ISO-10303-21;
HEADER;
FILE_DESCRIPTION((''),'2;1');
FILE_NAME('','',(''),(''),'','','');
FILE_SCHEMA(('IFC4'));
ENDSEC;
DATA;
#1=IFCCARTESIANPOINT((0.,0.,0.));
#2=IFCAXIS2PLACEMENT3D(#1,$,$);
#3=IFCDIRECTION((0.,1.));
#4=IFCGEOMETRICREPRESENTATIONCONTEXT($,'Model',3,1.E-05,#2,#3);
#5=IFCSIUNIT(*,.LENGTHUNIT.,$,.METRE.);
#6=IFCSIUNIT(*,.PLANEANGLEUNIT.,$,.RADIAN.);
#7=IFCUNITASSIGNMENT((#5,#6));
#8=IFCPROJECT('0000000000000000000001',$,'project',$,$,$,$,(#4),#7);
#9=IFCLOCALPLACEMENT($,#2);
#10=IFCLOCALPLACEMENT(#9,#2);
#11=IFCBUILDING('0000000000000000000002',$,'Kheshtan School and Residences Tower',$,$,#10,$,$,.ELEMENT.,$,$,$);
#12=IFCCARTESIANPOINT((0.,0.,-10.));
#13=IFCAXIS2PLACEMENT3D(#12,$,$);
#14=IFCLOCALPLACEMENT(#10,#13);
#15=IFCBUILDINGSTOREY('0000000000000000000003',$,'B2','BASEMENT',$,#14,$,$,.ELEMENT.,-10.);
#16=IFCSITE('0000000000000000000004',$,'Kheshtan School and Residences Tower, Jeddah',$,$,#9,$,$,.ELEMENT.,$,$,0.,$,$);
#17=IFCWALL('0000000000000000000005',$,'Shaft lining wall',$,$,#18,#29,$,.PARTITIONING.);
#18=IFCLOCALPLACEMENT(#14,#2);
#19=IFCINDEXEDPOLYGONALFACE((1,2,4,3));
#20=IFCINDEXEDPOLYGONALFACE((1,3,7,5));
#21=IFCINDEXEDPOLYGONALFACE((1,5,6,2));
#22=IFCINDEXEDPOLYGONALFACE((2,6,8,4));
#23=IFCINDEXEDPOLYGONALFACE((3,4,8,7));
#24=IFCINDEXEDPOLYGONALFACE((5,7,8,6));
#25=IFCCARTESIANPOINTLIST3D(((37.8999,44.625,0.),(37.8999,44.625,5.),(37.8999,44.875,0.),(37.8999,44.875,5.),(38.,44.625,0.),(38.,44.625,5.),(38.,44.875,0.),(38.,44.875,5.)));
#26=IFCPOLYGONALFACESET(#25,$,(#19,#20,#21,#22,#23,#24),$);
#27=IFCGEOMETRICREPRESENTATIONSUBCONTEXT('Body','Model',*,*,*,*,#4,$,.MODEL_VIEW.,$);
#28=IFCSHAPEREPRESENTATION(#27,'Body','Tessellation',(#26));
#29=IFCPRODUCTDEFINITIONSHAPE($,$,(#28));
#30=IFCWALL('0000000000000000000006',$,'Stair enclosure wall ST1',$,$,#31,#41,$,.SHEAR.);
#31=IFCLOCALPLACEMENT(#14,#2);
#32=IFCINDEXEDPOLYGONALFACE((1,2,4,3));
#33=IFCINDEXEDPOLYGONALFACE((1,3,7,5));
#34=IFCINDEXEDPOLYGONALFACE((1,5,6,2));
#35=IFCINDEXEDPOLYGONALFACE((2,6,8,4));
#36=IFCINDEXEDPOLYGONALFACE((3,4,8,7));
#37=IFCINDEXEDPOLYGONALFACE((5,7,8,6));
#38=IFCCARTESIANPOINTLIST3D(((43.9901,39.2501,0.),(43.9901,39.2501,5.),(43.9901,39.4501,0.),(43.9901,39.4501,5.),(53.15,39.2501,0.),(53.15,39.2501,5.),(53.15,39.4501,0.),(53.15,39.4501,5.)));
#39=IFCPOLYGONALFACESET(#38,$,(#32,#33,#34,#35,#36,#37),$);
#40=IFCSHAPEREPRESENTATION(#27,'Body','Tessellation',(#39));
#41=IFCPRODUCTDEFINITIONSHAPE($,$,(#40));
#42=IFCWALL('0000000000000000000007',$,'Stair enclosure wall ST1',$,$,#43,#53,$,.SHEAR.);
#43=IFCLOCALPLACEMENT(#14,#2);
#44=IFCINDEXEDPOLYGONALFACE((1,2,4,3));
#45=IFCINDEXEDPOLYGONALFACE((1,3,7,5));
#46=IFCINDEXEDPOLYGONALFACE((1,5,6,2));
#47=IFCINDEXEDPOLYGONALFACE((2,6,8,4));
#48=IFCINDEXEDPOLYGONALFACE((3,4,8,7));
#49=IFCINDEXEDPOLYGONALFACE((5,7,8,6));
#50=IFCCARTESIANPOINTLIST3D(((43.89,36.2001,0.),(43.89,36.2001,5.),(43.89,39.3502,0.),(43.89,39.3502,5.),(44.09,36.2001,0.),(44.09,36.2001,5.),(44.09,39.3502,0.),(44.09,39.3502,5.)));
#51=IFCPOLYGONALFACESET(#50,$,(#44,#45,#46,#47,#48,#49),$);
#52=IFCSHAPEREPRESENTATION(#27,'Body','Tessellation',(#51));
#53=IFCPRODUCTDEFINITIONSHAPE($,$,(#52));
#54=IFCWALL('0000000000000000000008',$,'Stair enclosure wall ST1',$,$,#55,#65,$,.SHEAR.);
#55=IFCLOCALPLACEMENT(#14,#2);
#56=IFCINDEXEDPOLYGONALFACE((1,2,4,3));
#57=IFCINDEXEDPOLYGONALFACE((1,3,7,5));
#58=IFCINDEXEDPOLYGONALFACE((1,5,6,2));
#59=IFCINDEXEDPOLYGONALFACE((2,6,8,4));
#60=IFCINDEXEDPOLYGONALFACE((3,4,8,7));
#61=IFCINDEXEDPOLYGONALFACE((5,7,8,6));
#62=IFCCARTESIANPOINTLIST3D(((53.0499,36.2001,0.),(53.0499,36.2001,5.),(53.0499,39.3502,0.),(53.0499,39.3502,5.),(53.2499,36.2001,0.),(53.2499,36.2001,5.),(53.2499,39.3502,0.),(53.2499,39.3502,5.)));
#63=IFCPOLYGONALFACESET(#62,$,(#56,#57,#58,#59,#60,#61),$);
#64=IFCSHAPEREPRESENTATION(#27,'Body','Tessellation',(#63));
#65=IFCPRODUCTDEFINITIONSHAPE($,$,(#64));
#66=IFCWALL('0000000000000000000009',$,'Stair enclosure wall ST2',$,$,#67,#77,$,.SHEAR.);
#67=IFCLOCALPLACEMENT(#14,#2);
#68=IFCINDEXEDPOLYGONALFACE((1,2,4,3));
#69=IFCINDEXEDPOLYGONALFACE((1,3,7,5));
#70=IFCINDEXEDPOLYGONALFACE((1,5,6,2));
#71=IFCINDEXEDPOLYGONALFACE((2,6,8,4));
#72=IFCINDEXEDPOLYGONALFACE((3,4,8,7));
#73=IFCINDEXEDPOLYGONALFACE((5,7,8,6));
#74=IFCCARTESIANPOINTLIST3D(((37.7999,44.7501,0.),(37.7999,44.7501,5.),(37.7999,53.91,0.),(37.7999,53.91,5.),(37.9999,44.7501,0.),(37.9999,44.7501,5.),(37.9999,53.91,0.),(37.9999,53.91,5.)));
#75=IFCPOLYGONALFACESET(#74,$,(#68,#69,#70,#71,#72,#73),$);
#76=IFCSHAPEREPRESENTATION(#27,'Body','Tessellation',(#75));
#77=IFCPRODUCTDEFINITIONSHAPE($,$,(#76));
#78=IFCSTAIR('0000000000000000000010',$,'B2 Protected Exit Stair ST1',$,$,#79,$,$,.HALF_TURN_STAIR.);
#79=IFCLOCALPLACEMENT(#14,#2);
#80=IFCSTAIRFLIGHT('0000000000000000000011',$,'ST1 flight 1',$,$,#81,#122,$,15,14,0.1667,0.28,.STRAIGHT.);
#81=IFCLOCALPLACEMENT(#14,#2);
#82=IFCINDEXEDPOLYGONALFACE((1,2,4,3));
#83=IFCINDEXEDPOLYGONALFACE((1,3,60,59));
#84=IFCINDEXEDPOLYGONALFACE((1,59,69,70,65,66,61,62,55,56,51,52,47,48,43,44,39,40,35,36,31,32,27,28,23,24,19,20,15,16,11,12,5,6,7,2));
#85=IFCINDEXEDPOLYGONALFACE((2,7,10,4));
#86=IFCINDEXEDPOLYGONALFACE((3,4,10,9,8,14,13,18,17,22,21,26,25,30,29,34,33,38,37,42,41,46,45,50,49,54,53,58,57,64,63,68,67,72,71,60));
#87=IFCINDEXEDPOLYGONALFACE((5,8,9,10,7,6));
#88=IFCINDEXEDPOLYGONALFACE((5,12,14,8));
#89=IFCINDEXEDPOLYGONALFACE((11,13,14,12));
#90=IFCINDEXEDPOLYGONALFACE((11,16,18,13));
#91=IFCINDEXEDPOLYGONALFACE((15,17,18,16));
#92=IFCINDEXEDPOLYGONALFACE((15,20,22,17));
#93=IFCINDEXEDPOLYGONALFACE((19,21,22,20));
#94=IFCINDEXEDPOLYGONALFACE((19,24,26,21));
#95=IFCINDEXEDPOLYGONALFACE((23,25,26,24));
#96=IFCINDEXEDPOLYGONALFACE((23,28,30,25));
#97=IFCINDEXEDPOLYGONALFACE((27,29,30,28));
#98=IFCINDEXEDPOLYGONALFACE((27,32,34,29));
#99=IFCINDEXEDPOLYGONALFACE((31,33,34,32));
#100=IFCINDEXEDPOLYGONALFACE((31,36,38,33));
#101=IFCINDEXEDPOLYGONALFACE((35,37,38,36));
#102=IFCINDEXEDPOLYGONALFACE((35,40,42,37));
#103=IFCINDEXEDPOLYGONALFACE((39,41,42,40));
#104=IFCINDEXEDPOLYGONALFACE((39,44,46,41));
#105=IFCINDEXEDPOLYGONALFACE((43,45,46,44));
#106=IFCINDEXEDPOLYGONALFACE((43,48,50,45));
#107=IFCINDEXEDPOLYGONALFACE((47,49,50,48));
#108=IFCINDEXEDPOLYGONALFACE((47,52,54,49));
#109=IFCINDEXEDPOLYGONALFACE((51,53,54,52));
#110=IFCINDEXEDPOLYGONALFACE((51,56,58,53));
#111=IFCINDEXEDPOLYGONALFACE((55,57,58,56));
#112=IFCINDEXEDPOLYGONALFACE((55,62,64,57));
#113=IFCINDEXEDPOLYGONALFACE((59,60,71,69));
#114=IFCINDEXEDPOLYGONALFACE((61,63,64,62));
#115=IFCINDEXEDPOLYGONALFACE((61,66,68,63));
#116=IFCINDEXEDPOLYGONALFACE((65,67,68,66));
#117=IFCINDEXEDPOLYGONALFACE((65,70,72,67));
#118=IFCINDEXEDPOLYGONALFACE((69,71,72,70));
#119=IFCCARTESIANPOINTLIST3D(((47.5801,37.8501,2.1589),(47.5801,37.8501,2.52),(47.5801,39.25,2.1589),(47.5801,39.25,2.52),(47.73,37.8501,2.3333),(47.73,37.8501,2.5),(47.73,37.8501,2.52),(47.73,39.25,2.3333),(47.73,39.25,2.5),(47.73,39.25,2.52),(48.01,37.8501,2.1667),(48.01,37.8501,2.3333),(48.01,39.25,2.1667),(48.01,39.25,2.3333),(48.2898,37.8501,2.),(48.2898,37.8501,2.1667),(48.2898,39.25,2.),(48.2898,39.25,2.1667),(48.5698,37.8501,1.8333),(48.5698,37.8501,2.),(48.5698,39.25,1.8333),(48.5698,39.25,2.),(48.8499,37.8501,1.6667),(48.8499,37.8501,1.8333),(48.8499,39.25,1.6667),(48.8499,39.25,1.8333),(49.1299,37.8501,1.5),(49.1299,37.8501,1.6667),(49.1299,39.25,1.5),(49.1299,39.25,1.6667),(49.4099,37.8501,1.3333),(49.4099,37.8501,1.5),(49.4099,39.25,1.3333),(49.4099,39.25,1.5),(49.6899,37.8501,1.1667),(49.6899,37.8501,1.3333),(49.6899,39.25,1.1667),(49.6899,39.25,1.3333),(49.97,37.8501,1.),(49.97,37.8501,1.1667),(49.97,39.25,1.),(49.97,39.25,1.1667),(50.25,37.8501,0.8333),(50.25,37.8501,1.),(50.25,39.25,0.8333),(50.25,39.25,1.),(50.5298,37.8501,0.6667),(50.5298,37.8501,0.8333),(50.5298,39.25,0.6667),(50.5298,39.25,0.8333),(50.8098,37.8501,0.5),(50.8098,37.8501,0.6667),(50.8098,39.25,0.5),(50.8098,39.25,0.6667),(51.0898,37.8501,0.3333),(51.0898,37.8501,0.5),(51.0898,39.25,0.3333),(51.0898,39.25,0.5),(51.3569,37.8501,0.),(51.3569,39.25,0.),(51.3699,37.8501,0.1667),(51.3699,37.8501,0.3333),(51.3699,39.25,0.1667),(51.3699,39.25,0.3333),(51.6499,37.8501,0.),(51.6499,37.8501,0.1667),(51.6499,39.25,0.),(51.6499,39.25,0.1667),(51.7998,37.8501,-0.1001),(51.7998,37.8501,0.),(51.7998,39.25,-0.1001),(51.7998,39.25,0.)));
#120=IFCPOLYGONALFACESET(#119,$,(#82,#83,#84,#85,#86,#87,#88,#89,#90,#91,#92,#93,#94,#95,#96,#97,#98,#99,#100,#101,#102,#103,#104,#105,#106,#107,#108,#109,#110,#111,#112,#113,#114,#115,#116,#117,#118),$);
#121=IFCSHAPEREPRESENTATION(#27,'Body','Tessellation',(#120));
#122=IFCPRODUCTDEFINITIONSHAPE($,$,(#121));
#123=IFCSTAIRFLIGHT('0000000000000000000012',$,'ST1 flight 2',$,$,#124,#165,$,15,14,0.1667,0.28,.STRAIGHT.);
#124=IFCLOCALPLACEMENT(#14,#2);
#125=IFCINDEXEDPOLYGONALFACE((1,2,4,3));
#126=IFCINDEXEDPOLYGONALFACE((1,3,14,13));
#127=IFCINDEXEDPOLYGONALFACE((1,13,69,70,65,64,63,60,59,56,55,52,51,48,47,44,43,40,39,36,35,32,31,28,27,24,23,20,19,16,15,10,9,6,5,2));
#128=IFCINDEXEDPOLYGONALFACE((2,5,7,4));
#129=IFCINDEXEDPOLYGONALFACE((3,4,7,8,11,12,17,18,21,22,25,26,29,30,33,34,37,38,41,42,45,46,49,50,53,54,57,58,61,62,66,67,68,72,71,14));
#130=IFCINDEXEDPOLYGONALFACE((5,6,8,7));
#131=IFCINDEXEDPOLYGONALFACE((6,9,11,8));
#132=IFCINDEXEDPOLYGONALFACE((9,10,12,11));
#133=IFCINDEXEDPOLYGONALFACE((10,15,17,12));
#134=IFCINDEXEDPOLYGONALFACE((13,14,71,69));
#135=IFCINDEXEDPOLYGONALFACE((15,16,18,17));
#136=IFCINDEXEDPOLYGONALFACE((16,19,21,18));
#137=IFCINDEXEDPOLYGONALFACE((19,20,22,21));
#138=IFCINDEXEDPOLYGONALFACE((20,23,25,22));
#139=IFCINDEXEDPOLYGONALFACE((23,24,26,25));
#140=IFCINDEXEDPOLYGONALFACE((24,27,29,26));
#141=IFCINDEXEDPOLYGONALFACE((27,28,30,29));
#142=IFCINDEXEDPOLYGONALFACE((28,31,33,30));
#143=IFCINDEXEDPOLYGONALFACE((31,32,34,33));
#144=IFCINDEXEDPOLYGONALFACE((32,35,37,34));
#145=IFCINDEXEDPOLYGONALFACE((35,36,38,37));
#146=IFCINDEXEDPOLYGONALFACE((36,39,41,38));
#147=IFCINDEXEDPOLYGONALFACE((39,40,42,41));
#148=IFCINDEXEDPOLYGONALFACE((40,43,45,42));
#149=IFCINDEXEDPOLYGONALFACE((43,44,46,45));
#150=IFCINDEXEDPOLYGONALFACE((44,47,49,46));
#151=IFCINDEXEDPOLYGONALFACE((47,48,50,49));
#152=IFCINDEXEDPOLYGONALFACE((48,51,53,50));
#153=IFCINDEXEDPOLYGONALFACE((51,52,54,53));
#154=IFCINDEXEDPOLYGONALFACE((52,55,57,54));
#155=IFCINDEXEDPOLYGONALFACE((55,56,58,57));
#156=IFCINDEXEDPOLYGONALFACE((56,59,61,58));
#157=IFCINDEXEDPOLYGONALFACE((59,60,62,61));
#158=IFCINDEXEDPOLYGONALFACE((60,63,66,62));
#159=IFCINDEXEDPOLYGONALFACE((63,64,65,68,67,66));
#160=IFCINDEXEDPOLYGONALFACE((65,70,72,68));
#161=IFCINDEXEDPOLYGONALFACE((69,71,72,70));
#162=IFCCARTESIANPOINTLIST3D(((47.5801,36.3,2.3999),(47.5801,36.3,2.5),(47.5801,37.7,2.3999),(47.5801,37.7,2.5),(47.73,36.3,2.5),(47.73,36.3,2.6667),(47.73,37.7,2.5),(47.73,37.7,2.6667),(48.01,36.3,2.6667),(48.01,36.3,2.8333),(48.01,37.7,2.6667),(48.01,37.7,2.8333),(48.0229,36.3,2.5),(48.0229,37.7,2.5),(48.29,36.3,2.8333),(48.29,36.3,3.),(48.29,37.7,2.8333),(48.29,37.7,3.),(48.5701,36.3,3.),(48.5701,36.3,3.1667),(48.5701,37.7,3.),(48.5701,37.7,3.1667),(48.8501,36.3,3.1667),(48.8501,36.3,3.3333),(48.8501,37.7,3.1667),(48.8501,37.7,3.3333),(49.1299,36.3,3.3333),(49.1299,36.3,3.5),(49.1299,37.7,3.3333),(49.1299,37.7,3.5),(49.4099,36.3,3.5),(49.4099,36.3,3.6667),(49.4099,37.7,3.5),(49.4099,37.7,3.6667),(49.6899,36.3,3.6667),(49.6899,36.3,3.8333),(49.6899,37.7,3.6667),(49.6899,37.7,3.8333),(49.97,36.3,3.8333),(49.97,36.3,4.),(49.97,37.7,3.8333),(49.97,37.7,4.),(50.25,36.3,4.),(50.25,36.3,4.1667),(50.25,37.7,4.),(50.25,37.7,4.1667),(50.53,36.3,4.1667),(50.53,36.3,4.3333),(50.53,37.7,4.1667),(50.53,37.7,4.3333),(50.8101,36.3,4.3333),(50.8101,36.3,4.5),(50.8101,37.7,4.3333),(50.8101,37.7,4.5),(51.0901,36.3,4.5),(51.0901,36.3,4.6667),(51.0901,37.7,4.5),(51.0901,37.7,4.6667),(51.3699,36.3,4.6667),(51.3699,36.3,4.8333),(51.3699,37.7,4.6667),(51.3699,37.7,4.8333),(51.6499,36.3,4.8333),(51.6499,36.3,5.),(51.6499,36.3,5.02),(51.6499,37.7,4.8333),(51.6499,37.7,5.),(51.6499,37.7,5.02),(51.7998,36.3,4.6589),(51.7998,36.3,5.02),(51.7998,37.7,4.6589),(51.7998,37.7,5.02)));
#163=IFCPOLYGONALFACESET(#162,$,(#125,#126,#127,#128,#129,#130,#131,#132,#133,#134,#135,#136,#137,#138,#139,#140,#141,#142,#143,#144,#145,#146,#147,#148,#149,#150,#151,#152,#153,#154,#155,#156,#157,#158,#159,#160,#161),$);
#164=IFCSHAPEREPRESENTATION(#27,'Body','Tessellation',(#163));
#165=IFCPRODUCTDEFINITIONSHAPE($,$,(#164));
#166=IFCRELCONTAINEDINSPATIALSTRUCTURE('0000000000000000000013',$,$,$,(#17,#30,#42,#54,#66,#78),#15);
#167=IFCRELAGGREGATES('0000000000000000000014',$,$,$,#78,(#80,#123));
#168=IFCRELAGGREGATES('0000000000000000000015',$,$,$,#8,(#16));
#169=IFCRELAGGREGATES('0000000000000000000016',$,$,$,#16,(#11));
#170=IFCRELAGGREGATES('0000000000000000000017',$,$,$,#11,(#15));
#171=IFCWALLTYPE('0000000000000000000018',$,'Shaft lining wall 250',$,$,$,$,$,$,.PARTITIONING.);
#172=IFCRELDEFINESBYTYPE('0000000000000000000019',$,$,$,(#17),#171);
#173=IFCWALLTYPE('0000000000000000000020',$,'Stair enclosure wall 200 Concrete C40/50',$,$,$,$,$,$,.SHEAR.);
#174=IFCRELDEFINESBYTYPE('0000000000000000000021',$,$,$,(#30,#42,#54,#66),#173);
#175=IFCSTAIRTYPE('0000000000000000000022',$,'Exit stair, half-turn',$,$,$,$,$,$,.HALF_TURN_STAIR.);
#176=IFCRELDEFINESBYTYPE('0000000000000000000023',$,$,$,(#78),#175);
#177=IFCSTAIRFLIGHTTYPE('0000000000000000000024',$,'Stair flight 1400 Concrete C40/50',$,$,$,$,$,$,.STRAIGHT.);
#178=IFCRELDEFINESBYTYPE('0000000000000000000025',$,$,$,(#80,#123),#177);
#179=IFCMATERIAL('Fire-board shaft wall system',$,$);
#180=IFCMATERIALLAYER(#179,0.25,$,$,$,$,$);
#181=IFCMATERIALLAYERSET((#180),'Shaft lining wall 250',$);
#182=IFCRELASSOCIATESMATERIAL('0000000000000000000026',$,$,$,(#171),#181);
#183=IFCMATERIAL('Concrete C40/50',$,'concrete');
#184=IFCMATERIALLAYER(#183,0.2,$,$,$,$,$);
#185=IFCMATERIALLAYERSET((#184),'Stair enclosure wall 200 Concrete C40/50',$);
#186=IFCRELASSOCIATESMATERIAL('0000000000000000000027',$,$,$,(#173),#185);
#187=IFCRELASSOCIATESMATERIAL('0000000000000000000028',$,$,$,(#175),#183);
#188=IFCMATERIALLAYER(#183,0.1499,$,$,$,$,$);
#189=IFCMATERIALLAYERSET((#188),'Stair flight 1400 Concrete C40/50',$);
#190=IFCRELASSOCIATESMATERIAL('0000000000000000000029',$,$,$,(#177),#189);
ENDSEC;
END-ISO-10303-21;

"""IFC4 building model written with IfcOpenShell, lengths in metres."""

from ifc_helpers import new_model, si_unit, direction, frame, frame_2d, origin, place, context, subcontext, project, spatial, polyline, rectangle, outline, extrude, material, layer, layer_set, type_object, element, aggregate, save


model = new_model("IFC4")

# Units and contexts
model_context = context("Model", 3, precision=1e-05, world=origin(), true_north=direction((0.0, 1.0)))
body_context = subcontext(model_context, "Body", "Model", "MODEL_VIEW")
ifc_project = project(units=[si_unit("LENGTHUNIT", "METRE"), si_unit("PLANEANGLEUNIT", "RADIAN")], contexts=[model_context])

# Site, building, storey
site_placement = place(None, origin())
site = spatial("IfcSite", under=ifc_project, at=site_placement, Name="Kheshtan School and Residences Tower, Jeddah", CompositionType="ELEMENT", RefElevation=0.0)
building_placement = place(site_placement, origin())
building = spatial("IfcBuilding", under=site, at=building_placement, Name="Kheshtan School and Residences Tower", CompositionType="ELEMENT")
storey_placement = place(building_placement, frame((0.0, 0.0, -10.0)))
storey = spatial("IfcBuildingStorey", under=building, at=storey_placement, Name="B2", Description="BASEMENT", CompositionType="ELEMENT", Elevation=-10.0)

# Walls
ifc_material_1 = material(Name="Fire-board shaft wall system")
ifc_layer_1 = layer(ifc_material_1, 0.25)
ifc_layer_set_1 = layer_set([ifc_layer_1], Name="Shaft lining wall 250")
wall_type_1 = type_object("IfcWallType", Name="Shaft lining wall 250", PredefinedType="PARTITIONING", material=ifc_layer_set_1)
wall_1_placement = place(storey_placement, frame((37.8999, 44.75, 0.0), z_axis=(0.0, 0.0, 1.0), x_axis=(1.0, 0.0, 0.0)))
element("IfcWall", 1, at=wall_1_placement, inside=storey, type_object=wall_type_1, Name="Shaft lining wall", PredefinedType="PARTITIONING", context=body_context, shape_type="SweptSolid", body=[
    extrude(rectangle(XDim=0.1001, YDim=0.25, at=frame_2d((0.05, 0.0))), origin(), (0.0, 0.0, 1.0), 5.0),
])
ifc_material_2 = material(Name="Concrete C40/50", Category="concrete")
ifc_layer_2 = layer(ifc_material_2, 0.2)
ifc_layer_set_2 = layer_set([ifc_layer_2], Name="Stair enclosure wall 200 Concrete C40/50")
wall_type_2 = type_object("IfcWallType", Name="Stair enclosure wall 200 Concrete C40/50", PredefinedType="SHEAR", material=ifc_layer_set_2)
wall_2_placement = place(storey_placement, frame((43.99, 39.3501, 0.0), z_axis=(0.0, 0.0, 1.0), x_axis=(1.0, 0.0, 0.0)))
element("IfcWall", 2, at=wall_2_placement, inside=storey, type_object=wall_type_2, Name="Stair enclosure wall ST1", PredefinedType="SHEAR", context=body_context, shape_type="SweptSolid", body=[
    extrude(rectangle(XDim=9.1599, YDim=0.2, at=frame_2d((4.5801, 0.0))), origin(), (0.0, 0.0, 1.0), 5.0),
])
for number, where, z_axis, x_axis, name in (
    (3, (43.99, 36.2, 0.0), (0.0, 0.0, 1.0), (0.0, 1.0, 0.0), "Stair enclosure wall ST1"),
    (4, (53.1499, 36.2, 0.0), (0.0, 0.0, 1.0), (0.0, 1.0, 0.0), "Stair enclosure wall ST1"),
):
    element("IfcWall", number, at=place(storey_placement, frame(where, z_axis=z_axis, x_axis=x_axis)), inside=storey, type_object=wall_type_2, Name=name, PredefinedType="SHEAR", context=body_context, shape_type="SweptSolid", body=[
        extrude(rectangle(XDim=3.1501, YDim=0.2, at=frame_2d((1.5752, 0.0))), origin(), (0.0, 0.0, 1.0), 5.0),
    ])
wall_3_placement = place(storey_placement, frame((37.8999, 44.75, 0.0), z_axis=(0.0, 0.0, 1.0), x_axis=(0.0, 1.0, 0.0)))
element("IfcWall", 5, at=wall_3_placement, inside=storey, type_object=wall_type_2, Name="Stair enclosure wall ST2", PredefinedType="SHEAR", context=body_context, shape_type="SweptSolid", body=[
    extrude(rectangle(XDim=9.1599, YDim=0.2, at=frame_2d((4.5801, 0.0))), origin(), (0.0, 0.0, 1.0), 5.0),
])

# Stair, stair flights
stair_type = type_object("IfcStairType", Name="Exit stair, half-turn", PredefinedType="HALF_TURN_STAIR", material=ifc_material_2)
stair_placement = place(storey_placement, origin())
stair = element("IfcStair", 6, at=stair_placement, inside=storey, type_object=stair_type, Name="B2 Protected Exit Stair ST1", PredefinedType="HALF_TURN_STAIR")
ifc_layer_3 = layer(ifc_material_2, 0.1499)
ifc_layer_set_3 = layer_set([ifc_layer_3], Name="Stair flight 1400 Concrete C40/50")
stair_flight_type = type_object("IfcStairFlightType", Name="Stair flight 1400 Concrete C40/50", PredefinedType="STRAIGHT", material=ifc_layer_set_3)
stair_flight_1_placement = place(storey_placement, frame((51.6499, 38.55, 0.0), z_axis=(0.0, 0.0, 1.0), x_axis=(-1.0, 0.0, 0.0)))
stair_flight_1 = element("IfcStairFlight", 7, at=stair_flight_1_placement, type_object=stair_flight_type, Name="ST1 flight 1", NumberOfRisers=15, NumberOfTreads=14, PredefinedType="STRAIGHT", RiserHeight=0.1667, TreadLength=0.28, context=body_context, shape_type="SweptSolid", body=[
    extrude(outline(polyline([(-0.1499, -0.1001), (-0.1499, 0.0), (0.0, 0.0), (0.0, 0.1667), (0.28, 0.1667), (0.28, 0.3333), (0.5601, 0.3333), (0.5601, 0.5), (0.8401, 0.5), (0.8401, 0.6667), (1.1201, 0.6667), (1.1201, 0.8333), (1.3999, 0.8333), (1.3999, 1.0), (1.6799, 1.0), (1.6799, 1.1667), (1.96, 1.1667), (1.96, 1.3333), (2.24, 1.3333), (2.24, 1.5), (2.52, 1.5), (2.52, 1.6667), (2.8, 1.6667), (2.8, 1.8333), (3.0801, 1.8333), (3.0801, 2.0), (3.3601, 2.0), (3.3601, 2.1667), (3.6399, 2.1667), (3.6399, 2.3333), (3.9199, 2.3333), (3.9199, 2.5), (3.9199, 2.52), (4.0698, 2.52), (4.0698, 2.1589), (0.293, 0.0), (-0.1499, -0.1001)])), frame((0.0, 0.7, 0.0), z_axis=(0.0, -1.0, 0.0), x_axis=(1.0, 0.0, 0.0)), (0.0, 0.0, 1.0), 1.3999),
])
stair_flight_2_placement = place(storey_placement, frame((47.73, 37.0, 2.5), z_axis=(0.0, 0.0, 1.0), x_axis=(1.0, 0.0, 0.0)))
stair_flight_2 = element("IfcStairFlight", 8, at=stair_flight_2_placement, type_object=stair_flight_type, Name="ST1 flight 2", NumberOfRisers=15, NumberOfTreads=14, PredefinedType="STRAIGHT", RiserHeight=0.1667, TreadLength=0.28, context=body_context, shape_type="SweptSolid", body=[
    extrude(outline(polyline([(-0.1499, -0.1001), (-0.1499, 0.0), (0.0, 0.0), (0.0, 0.1667), (0.28, 0.1667), (0.28, 0.3333), (0.5601, 0.3333), (0.5601, 0.5), (0.8401, 0.5), (0.8401, 0.6667), (1.1201, 0.6667), (1.1201, 0.8333), (1.3999, 0.8333), (1.3999, 1.0), (1.6799, 1.0), (1.6799, 1.1667), (1.96, 1.1667), (1.96, 1.3333), (2.24, 1.3333), (2.24, 1.5), (2.52, 1.5), (2.52, 1.6667), (2.8, 1.6667), (2.8, 1.8333), (3.0801, 1.8333), (3.0801, 2.0), (3.3601, 2.0), (3.3601, 2.1667), (3.6399, 2.1667), (3.6399, 2.3333), (3.9199, 2.3333), (3.9199, 2.5), (3.9199, 2.52), (4.0698, 2.52), (4.0698, 2.1589), (0.293, 0.0), (-0.1499, -0.1001)])), frame((0.0, 0.7, 0.0), z_axis=(0.0, -1.0, 0.0), x_axis=(1.0, 0.0, 0.0)), (0.0, 0.0, 1.0), 1.3999),
])
aggregate(stair, [stair_flight_1, stair_flight_2])

save(model, "model.ifc")
